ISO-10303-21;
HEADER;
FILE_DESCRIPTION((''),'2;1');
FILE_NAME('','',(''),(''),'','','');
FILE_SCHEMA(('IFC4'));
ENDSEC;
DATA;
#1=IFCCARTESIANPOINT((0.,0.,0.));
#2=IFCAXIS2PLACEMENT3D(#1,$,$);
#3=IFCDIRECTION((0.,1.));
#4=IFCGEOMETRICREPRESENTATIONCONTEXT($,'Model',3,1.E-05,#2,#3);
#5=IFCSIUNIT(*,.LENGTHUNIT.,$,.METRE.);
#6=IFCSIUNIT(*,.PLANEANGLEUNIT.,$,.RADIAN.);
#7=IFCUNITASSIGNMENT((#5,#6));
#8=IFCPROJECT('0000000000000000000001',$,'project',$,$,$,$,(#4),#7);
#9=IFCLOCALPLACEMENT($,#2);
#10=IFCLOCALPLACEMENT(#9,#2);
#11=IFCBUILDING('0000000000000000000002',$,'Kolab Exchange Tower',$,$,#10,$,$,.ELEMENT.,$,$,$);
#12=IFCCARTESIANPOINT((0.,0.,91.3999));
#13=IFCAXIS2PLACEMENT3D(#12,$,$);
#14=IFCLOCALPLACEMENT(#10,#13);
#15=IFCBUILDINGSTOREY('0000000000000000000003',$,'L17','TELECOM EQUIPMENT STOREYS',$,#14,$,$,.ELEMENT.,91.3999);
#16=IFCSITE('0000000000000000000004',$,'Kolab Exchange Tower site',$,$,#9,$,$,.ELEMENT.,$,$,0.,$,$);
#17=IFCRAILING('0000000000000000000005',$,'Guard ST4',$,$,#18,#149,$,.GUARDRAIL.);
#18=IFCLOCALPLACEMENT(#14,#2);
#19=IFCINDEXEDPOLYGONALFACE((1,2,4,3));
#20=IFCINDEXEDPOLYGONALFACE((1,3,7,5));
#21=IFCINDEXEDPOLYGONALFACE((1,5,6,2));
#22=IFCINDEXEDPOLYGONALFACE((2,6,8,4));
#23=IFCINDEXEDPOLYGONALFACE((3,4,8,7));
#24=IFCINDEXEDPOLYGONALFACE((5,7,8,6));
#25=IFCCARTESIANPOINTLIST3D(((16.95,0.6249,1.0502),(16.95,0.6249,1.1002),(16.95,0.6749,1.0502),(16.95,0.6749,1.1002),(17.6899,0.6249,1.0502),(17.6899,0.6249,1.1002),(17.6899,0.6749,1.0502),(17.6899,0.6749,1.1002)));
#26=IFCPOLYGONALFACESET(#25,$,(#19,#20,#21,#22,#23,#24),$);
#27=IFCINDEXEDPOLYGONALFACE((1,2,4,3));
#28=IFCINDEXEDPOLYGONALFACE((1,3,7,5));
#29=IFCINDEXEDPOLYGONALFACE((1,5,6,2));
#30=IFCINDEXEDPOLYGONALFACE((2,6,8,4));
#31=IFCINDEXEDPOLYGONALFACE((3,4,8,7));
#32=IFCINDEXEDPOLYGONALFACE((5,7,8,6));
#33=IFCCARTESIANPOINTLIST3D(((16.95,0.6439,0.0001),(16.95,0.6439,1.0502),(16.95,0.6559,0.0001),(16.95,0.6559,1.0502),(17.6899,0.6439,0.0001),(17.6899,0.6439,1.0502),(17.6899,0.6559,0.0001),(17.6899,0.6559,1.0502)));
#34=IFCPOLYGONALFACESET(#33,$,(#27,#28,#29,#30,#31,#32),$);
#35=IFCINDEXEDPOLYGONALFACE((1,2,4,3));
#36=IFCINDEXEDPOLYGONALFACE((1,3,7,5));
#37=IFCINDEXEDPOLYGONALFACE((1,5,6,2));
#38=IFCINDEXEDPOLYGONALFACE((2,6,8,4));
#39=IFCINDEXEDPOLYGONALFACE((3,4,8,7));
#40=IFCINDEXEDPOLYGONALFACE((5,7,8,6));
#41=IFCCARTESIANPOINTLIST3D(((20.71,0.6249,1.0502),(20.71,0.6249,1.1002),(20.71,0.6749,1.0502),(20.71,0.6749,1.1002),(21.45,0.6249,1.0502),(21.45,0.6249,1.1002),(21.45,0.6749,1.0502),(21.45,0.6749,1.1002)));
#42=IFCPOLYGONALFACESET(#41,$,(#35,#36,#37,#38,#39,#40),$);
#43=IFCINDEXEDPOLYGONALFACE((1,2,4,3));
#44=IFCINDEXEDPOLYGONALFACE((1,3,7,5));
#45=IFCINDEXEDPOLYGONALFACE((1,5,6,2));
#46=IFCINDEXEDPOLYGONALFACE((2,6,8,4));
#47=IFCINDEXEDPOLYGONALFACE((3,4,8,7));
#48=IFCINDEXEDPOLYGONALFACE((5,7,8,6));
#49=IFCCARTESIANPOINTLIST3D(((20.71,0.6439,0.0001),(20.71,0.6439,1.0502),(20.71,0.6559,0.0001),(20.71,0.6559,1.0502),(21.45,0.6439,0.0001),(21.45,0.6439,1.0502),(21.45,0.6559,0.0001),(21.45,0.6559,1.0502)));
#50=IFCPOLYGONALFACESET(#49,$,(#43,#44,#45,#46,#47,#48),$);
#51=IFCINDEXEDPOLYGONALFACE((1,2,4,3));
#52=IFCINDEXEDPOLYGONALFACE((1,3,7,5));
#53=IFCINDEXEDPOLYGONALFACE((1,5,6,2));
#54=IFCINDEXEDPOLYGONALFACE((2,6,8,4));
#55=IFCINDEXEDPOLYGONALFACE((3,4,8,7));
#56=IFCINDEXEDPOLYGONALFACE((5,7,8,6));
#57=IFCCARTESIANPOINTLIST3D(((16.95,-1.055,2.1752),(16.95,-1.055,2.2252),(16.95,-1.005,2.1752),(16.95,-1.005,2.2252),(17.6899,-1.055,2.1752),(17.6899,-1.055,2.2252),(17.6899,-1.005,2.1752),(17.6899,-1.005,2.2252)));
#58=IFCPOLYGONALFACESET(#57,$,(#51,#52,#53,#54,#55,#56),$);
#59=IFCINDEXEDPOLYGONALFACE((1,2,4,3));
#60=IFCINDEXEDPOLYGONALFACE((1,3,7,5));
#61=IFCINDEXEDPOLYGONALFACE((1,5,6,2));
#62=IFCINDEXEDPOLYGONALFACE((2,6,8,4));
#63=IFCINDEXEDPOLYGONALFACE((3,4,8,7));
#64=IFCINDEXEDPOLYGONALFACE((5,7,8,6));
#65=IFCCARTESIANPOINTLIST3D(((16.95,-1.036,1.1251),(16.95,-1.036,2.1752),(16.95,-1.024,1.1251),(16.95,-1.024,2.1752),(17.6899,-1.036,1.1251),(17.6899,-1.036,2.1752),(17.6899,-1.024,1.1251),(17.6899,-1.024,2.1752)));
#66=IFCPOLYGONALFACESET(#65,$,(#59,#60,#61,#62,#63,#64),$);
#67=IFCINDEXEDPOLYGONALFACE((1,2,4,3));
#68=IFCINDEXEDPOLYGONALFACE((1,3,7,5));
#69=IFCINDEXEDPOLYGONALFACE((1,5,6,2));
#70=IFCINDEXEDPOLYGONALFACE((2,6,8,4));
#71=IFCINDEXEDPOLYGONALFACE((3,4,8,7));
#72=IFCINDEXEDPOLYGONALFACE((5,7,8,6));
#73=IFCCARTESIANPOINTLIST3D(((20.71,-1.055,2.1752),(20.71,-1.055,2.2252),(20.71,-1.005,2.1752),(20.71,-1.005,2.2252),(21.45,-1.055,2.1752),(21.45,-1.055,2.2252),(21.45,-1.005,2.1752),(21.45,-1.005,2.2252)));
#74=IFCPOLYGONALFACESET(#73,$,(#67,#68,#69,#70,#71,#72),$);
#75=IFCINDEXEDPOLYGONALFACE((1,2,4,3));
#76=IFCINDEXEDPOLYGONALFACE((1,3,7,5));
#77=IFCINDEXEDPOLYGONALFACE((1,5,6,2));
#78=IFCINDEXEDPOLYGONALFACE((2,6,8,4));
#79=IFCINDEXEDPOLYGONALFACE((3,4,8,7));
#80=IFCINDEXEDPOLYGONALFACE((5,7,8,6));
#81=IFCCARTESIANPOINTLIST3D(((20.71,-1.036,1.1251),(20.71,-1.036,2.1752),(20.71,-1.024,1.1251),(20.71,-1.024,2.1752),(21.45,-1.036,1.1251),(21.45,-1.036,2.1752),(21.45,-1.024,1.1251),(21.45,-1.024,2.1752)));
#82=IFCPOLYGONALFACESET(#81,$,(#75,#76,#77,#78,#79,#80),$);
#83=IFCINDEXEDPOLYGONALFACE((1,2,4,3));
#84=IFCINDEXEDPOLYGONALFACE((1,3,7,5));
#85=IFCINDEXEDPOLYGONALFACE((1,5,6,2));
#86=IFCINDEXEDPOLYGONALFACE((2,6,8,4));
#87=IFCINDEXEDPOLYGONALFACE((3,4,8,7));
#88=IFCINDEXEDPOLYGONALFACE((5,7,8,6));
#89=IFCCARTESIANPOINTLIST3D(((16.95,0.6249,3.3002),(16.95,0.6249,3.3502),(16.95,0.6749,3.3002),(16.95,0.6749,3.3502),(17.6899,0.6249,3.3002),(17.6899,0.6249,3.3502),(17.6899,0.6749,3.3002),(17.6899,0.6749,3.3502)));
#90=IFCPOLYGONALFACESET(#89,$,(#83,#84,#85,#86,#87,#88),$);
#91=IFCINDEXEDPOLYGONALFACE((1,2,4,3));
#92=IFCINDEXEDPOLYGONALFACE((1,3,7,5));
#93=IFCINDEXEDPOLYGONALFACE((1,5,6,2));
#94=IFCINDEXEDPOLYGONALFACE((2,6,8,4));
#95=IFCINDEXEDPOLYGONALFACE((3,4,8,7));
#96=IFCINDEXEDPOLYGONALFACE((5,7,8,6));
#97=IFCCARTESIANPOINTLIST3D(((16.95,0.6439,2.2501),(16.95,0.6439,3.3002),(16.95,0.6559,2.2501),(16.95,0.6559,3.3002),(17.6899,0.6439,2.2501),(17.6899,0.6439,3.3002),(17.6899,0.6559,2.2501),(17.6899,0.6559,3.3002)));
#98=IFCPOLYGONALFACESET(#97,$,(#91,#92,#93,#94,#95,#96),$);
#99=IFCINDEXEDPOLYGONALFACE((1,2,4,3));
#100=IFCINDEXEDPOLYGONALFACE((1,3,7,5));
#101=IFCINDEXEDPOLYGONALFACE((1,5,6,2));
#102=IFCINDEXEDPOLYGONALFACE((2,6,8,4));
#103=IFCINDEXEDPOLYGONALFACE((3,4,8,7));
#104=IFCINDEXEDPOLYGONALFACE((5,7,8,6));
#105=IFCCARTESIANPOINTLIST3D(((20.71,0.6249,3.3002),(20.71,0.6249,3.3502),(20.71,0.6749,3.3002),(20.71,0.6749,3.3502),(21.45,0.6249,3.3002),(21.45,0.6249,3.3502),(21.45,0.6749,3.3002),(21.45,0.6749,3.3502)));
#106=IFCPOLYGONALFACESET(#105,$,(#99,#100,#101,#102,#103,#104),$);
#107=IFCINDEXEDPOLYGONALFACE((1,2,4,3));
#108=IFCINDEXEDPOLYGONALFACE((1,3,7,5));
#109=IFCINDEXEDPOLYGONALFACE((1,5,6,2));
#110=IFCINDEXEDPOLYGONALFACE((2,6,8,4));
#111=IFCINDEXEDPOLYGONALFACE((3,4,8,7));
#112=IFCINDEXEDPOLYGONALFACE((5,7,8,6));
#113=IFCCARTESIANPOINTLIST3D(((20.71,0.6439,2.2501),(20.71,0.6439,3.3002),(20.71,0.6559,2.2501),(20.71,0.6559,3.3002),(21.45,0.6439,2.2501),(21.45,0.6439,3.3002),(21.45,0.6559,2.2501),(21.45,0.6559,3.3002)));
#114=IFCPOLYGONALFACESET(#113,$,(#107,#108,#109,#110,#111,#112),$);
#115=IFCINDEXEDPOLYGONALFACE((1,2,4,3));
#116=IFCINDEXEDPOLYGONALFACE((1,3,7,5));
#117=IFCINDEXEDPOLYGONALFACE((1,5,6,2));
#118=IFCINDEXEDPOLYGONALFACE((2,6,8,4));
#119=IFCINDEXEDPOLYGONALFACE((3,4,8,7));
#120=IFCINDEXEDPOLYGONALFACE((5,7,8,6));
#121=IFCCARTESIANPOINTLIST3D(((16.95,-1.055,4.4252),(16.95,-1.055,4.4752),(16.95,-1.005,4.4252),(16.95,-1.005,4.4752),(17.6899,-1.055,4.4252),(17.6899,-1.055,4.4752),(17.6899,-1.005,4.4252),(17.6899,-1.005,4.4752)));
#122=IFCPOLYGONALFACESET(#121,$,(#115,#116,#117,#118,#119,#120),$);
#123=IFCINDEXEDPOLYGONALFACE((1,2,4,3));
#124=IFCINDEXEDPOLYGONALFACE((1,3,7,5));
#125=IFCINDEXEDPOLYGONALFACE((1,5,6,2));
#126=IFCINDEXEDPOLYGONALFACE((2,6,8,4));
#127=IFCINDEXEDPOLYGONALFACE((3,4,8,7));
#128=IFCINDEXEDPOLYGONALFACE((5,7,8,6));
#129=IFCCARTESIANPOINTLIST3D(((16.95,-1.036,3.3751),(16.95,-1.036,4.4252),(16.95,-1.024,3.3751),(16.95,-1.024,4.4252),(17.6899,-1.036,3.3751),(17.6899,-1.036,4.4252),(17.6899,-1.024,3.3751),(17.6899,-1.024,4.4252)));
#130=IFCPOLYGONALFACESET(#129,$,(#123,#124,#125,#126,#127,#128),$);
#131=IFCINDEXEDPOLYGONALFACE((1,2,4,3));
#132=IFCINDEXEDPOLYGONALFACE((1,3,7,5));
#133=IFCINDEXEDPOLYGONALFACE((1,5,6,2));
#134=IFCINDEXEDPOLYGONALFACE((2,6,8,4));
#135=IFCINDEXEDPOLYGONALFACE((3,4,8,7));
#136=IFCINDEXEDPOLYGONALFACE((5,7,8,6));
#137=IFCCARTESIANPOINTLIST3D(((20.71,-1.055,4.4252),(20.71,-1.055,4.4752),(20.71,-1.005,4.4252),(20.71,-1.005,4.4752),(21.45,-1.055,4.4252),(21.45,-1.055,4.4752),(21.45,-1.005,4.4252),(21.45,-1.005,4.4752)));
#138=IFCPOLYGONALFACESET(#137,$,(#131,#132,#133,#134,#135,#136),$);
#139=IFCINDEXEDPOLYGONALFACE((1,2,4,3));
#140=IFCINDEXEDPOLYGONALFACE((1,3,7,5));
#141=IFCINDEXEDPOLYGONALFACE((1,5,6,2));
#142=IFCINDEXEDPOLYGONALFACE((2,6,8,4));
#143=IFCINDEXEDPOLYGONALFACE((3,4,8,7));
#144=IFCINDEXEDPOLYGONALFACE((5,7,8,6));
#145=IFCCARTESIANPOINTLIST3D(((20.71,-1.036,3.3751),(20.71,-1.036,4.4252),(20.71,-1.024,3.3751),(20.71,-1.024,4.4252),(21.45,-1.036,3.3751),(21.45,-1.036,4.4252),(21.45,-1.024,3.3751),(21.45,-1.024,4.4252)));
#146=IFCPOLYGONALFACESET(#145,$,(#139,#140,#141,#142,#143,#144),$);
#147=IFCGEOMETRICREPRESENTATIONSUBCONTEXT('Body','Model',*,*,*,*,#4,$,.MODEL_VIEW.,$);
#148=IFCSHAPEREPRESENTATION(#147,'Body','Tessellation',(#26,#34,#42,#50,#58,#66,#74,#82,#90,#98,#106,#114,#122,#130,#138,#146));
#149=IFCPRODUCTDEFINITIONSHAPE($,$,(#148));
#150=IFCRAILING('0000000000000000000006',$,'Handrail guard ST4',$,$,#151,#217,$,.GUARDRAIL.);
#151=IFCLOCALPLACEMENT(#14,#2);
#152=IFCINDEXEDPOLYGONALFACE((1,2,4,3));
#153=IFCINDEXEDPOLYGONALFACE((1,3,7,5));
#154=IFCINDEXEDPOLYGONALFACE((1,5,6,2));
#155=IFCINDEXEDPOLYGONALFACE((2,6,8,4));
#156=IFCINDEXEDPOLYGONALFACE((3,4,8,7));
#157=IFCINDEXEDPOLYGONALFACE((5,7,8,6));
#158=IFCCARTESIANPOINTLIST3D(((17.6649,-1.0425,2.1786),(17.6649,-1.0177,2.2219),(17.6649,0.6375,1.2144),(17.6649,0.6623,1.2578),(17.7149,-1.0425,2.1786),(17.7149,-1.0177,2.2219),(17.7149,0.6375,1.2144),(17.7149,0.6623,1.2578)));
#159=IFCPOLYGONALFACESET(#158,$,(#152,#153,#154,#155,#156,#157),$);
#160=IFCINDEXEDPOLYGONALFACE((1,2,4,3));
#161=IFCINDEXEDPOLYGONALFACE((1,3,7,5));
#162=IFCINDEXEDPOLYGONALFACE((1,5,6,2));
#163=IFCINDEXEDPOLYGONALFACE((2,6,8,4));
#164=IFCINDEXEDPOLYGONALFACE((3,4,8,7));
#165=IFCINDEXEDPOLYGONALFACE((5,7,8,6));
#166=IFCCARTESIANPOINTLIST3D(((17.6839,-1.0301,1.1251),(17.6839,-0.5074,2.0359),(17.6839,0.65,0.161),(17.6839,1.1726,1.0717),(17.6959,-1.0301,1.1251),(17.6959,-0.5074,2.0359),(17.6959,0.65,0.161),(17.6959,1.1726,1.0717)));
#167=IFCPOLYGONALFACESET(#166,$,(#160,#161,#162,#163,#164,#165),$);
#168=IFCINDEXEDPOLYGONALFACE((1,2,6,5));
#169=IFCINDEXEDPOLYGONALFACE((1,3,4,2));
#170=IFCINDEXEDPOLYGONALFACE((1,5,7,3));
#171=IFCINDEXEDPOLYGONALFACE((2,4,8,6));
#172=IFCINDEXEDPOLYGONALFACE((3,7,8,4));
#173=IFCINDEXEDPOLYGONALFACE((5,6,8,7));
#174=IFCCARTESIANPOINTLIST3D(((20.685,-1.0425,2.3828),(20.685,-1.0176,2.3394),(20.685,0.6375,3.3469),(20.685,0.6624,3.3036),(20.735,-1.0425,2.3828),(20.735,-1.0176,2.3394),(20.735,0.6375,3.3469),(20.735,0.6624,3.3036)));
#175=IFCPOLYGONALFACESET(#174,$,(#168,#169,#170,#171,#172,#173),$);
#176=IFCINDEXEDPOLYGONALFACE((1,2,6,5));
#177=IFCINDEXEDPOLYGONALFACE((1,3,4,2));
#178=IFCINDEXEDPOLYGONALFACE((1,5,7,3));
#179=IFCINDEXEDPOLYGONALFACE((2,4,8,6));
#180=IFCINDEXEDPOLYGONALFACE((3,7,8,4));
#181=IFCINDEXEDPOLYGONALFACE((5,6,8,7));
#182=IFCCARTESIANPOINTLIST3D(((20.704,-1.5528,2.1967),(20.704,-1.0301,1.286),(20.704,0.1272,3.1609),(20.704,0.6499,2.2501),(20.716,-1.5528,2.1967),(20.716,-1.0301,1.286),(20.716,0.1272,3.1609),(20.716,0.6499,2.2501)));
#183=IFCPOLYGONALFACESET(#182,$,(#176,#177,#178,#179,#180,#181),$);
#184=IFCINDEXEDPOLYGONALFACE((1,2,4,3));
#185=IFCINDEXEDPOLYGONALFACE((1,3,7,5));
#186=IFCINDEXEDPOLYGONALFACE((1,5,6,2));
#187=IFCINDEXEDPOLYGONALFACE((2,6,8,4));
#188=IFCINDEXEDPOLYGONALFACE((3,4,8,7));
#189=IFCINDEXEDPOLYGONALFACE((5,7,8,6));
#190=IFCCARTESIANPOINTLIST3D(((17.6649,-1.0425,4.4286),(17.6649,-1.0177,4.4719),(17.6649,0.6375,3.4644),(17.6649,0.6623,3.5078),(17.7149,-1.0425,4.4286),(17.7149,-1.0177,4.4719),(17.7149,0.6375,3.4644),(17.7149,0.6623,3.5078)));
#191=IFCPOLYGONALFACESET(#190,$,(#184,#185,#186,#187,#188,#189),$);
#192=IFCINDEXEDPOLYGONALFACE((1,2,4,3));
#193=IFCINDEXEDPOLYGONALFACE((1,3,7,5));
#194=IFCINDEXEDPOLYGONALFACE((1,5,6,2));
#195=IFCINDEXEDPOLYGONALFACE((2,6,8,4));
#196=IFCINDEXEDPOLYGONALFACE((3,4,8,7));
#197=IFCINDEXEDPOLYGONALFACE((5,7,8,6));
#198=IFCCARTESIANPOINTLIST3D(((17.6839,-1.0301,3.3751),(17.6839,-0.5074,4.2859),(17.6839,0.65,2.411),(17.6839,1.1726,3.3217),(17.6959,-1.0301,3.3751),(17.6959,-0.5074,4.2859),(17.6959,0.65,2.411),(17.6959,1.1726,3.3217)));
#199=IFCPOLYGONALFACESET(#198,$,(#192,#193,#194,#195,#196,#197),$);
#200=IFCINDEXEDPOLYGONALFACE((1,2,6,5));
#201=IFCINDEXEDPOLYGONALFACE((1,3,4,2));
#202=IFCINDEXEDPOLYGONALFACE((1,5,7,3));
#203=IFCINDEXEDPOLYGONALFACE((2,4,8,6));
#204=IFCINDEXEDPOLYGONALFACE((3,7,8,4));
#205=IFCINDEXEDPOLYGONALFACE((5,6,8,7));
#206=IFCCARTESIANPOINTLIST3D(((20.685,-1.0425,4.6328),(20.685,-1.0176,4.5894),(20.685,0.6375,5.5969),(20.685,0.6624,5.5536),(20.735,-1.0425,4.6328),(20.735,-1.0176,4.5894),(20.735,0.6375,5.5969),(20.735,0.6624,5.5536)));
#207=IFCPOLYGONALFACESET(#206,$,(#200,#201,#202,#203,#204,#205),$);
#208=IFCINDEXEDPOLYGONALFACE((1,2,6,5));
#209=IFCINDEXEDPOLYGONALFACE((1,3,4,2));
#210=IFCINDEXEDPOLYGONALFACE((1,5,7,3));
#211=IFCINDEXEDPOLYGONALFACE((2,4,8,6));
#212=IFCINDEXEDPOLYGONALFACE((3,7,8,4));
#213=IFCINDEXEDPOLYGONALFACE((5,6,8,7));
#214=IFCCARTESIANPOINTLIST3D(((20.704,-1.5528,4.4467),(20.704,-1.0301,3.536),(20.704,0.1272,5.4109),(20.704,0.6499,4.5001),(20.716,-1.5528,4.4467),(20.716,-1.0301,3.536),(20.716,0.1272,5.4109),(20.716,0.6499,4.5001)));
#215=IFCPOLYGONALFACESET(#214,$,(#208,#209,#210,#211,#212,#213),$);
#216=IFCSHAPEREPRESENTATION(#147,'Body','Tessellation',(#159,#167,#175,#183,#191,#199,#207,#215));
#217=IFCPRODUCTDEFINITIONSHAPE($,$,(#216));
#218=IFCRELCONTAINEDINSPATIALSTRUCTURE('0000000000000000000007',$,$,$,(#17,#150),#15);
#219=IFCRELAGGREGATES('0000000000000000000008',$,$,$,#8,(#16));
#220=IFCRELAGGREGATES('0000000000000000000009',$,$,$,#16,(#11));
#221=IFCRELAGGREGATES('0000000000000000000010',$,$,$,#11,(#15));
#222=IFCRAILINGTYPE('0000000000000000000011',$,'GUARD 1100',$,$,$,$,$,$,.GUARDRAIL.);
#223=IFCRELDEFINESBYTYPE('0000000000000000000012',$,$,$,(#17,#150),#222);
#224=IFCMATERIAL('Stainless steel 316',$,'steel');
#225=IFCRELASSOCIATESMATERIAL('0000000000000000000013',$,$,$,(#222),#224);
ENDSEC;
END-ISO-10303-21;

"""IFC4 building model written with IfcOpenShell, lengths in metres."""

from ifc_helpers import new_model, si_unit, direction, frame, frame_2d, origin, origin_2d, place, context, subcontext, project, spatial, rectangle, extrude, material, type_object, element, save


model = new_model("IFC4")

# Units and contexts
model_context = context("Model", 3, precision=1e-05, world=origin(), true_north=direction((0.0, 1.0)))
body_context = subcontext(model_context, "Body", "Model", "MODEL_VIEW")
ifc_project = project(units=[si_unit("LENGTHUNIT", "METRE"), si_unit("PLANEANGLEUNIT", "RADIAN")], contexts=[model_context])

# Site, building, storey
site_placement = place(None, origin())
site = spatial("IfcSite", under=ifc_project, at=site_placement, Name="Kolab Exchange Tower site", CompositionType="ELEMENT", RefElevation=0.0)
building_placement = place(site_placement, origin())
building = spatial("IfcBuilding", under=site, at=building_placement, Name="Kolab Exchange Tower", CompositionType="ELEMENT")
storey_placement = place(building_placement, frame((0.0, 0.0, 91.3999)))
storey = spatial("IfcBuildingStorey", under=building, at=storey_placement, Name="L17", Description="TELECOM EQUIPMENT STOREYS", CompositionType="ELEMENT", Elevation=91.3999)

# Railings
ifc_material_1 = material(Name="Stainless steel 316", Category="steel")
railing_type = type_object("IfcRailingType", Name="GUARD 1100", PredefinedType="GUARDRAIL", material=ifc_material_1)
railing_1_placement = place(storey_placement, frame((16.95, 0.6499, 0.0)))
element("IfcRailing", 1, at=railing_1_placement, inside=storey, type_object=railing_type, Name="Guard ST4", PredefinedType="GUARDRAIL", context=body_context, shape_type="SweptSolid", body=[
    extrude(rectangle(XDim=0.05, YDim=0.05, at=origin_2d()), frame((0.0, 0.0, 1.0752), z_axis=(1.0, 0.0, 0.0), x_axis=(0.0, 1.0, 0.0)), (0.0, 0.0, 1.0), 0.74),
    extrude(rectangle(XDim=0.012, YDim=1.0501, at=frame_2d((0.0, 0.5251))), frame((0.0, 0.0, 0.0), z_axis=(1.0, 0.0, 0.0), x_axis=(0.0, 1.0, 0.0)), (0.0, 0.0, 1.0), 0.74),
    extrude(rectangle(XDim=0.05, YDim=0.05, at=origin_2d()), frame((3.76, 0.0, 1.0752), z_axis=(1.0, 0.0, 0.0), x_axis=(0.0, 1.0, 0.0)), (0.0, 0.0, 1.0), 0.74),
    extrude(rectangle(XDim=0.012, YDim=1.0501, at=frame_2d((0.0, 0.5251))), frame((3.76, 0.0, 0.0), z_axis=(1.0, 0.0, 0.0), x_axis=(0.0, 1.0, 0.0)), (0.0, 0.0, 1.0), 0.74),
    extrude(rectangle(XDim=0.05, YDim=0.05, at=origin_2d()), frame((0.0, -1.6799, 2.2002), z_axis=(1.0, 0.0, 0.0), x_axis=(0.0, 1.0, 0.0)), (0.0, 0.0, 1.0), 0.74),
    extrude(rectangle(XDim=0.012, YDim=1.0501, at=frame_2d((0.0, 0.5251))), frame((0.0, -1.6799, 1.125), z_axis=(1.0, 0.0, 0.0), x_axis=(0.0, 1.0, 0.0)), (0.0, 0.0, 1.0), 0.74),
    extrude(rectangle(XDim=0.05, YDim=0.05, at=origin_2d()), frame((3.76, -1.6799, 2.2002), z_axis=(1.0, 0.0, 0.0), x_axis=(0.0, 1.0, 0.0)), (0.0, 0.0, 1.0), 0.74),
    extrude(rectangle(XDim=0.012, YDim=1.0501, at=frame_2d((0.0, 0.5251))), frame((3.76, -1.6799, 1.125), z_axis=(1.0, 0.0, 0.0), x_axis=(0.0, 1.0, 0.0)), (0.0, 0.0, 1.0), 0.74),
    extrude(rectangle(XDim=0.05, YDim=0.05, at=origin_2d()), frame((0.0, 0.0, 3.3252), z_axis=(1.0, 0.0, 0.0), x_axis=(0.0, 1.0, 0.0)), (0.0, 0.0, 1.0), 0.74),
    extrude(rectangle(XDim=0.012, YDim=1.0501, at=frame_2d((0.0, 0.5251))), frame((0.0, 0.0, 2.25), z_axis=(1.0, 0.0, 0.0), x_axis=(0.0, 1.0, 0.0)), (0.0, 0.0, 1.0), 0.74),
    extrude(rectangle(XDim=0.05, YDim=0.05, at=origin_2d()), frame((3.76, 0.0, 3.3252), z_axis=(1.0, 0.0, 0.0), x_axis=(0.0, 1.0, 0.0)), (0.0, 0.0, 1.0), 0.74),
    extrude(rectangle(XDim=0.012, YDim=1.0501, at=frame_2d((0.0, 0.5251))), frame((3.76, 0.0, 2.25), z_axis=(1.0, 0.0, 0.0), x_axis=(0.0, 1.0, 0.0)), (0.0, 0.0, 1.0), 0.74),
    extrude(rectangle(XDim=0.05, YDim=0.05, at=origin_2d()), frame((0.0, -1.6799, 4.4502), z_axis=(1.0, 0.0, 0.0), x_axis=(0.0, 1.0, 0.0)), (0.0, 0.0, 1.0), 0.74),
    extrude(rectangle(XDim=0.012, YDim=1.0501, at=frame_2d((0.0, 0.5251))), frame((0.0, -1.6799, 3.375), z_axis=(1.0, 0.0, 0.0), x_axis=(0.0, 1.0, 0.0)), (0.0, 0.0, 1.0), 0.74),
    extrude(rectangle(XDim=0.05, YDim=0.05, at=origin_2d()), frame((3.76, -1.6799, 4.4502), z_axis=(1.0, 0.0, 0.0), x_axis=(0.0, 1.0, 0.0)), (0.0, 0.0, 1.0), 0.74),
    extrude(rectangle(XDim=0.012, YDim=1.0501, at=frame_2d((0.0, 0.5251))), frame((3.76, -1.6799, 3.375), z_axis=(1.0, 0.0, 0.0), x_axis=(0.0, 1.0, 0.0)), (0.0, 0.0, 1.0), 0.74),
])
railing_2_placement = place(storey_placement, frame((17.6899, 0.6499, 0.1609)))
element("IfcRailing", 2, at=railing_2_placement, inside=storey, type_object=railing_type, Name="Handrail guard ST4", PredefinedType="GUARDRAIL", context=body_context, shape_type="SweptSolid", body=[
    extrude(rectangle(XDim=0.05, YDim=0.05, at=origin_2d()), frame((0.0, 0.0, 1.0752), z_axis=(0.0, -0.867319, 0.497753), x_axis=(1.0, 0.0, 0.0)), (0.0, 0.0, 1.0), 1.937),
    extrude(rectangle(XDim=0.012, YDim=1.0501, at=frame_2d((0.0, 0.5251))), frame((0.0, 0.0, 0.0), z_axis=(0.0, -0.867319, 0.497753), x_axis=(1.0, 0.0, 0.0)), (0.0, 0.0, 1.0), 1.937),
    extrude(rectangle(XDim=0.05, YDim=0.05, at=origin_2d()), frame((3.02, -1.6799, 2.2002), z_axis=(0.0, 0.867319, 0.497753), x_axis=(-1.0, 0.0, 0.0)), (0.0, 0.0, 1.0), 1.937),
    extrude(rectangle(XDim=0.012, YDim=1.0501, at=frame_2d((0.0, 0.5251))), frame((3.02, -1.6799, 1.125), z_axis=(0.0, 0.867319, 0.497753), x_axis=(-1.0, 0.0, 0.0)), (0.0, 0.0, 1.0), 1.937),
    extrude(rectangle(XDim=0.05, YDim=0.05, at=origin_2d()), frame((0.0, 0.0, 3.3252), z_axis=(0.0, -0.867319, 0.497753), x_axis=(1.0, 0.0, 0.0)), (0.0, 0.0, 1.0), 1.937),
    extrude(rectangle(XDim=0.012, YDim=1.0501, at=frame_2d((0.0, 0.5251))), frame((0.0, 0.0, 2.25), z_axis=(0.0, -0.867319, 0.497753), x_axis=(1.0, 0.0, 0.0)), (0.0, 0.0, 1.0), 1.937),
    extrude(rectangle(XDim=0.05, YDim=0.05, at=origin_2d()), frame((3.02, -1.6799, 4.4502), z_axis=(0.0, 0.867319, 0.497753), x_axis=(-1.0, 0.0, 0.0)), (0.0, 0.0, 1.0), 1.937),
    extrude(rectangle(XDim=0.012, YDim=1.0501, at=frame_2d((0.0, 0.5251))), frame((3.02, -1.6799, 3.375), z_axis=(0.0, 0.867319, 0.497753), x_axis=(-1.0, 0.0, 0.0)), (0.0, 0.0, 1.0), 1.937),
])

save(model, "model.ifc")
